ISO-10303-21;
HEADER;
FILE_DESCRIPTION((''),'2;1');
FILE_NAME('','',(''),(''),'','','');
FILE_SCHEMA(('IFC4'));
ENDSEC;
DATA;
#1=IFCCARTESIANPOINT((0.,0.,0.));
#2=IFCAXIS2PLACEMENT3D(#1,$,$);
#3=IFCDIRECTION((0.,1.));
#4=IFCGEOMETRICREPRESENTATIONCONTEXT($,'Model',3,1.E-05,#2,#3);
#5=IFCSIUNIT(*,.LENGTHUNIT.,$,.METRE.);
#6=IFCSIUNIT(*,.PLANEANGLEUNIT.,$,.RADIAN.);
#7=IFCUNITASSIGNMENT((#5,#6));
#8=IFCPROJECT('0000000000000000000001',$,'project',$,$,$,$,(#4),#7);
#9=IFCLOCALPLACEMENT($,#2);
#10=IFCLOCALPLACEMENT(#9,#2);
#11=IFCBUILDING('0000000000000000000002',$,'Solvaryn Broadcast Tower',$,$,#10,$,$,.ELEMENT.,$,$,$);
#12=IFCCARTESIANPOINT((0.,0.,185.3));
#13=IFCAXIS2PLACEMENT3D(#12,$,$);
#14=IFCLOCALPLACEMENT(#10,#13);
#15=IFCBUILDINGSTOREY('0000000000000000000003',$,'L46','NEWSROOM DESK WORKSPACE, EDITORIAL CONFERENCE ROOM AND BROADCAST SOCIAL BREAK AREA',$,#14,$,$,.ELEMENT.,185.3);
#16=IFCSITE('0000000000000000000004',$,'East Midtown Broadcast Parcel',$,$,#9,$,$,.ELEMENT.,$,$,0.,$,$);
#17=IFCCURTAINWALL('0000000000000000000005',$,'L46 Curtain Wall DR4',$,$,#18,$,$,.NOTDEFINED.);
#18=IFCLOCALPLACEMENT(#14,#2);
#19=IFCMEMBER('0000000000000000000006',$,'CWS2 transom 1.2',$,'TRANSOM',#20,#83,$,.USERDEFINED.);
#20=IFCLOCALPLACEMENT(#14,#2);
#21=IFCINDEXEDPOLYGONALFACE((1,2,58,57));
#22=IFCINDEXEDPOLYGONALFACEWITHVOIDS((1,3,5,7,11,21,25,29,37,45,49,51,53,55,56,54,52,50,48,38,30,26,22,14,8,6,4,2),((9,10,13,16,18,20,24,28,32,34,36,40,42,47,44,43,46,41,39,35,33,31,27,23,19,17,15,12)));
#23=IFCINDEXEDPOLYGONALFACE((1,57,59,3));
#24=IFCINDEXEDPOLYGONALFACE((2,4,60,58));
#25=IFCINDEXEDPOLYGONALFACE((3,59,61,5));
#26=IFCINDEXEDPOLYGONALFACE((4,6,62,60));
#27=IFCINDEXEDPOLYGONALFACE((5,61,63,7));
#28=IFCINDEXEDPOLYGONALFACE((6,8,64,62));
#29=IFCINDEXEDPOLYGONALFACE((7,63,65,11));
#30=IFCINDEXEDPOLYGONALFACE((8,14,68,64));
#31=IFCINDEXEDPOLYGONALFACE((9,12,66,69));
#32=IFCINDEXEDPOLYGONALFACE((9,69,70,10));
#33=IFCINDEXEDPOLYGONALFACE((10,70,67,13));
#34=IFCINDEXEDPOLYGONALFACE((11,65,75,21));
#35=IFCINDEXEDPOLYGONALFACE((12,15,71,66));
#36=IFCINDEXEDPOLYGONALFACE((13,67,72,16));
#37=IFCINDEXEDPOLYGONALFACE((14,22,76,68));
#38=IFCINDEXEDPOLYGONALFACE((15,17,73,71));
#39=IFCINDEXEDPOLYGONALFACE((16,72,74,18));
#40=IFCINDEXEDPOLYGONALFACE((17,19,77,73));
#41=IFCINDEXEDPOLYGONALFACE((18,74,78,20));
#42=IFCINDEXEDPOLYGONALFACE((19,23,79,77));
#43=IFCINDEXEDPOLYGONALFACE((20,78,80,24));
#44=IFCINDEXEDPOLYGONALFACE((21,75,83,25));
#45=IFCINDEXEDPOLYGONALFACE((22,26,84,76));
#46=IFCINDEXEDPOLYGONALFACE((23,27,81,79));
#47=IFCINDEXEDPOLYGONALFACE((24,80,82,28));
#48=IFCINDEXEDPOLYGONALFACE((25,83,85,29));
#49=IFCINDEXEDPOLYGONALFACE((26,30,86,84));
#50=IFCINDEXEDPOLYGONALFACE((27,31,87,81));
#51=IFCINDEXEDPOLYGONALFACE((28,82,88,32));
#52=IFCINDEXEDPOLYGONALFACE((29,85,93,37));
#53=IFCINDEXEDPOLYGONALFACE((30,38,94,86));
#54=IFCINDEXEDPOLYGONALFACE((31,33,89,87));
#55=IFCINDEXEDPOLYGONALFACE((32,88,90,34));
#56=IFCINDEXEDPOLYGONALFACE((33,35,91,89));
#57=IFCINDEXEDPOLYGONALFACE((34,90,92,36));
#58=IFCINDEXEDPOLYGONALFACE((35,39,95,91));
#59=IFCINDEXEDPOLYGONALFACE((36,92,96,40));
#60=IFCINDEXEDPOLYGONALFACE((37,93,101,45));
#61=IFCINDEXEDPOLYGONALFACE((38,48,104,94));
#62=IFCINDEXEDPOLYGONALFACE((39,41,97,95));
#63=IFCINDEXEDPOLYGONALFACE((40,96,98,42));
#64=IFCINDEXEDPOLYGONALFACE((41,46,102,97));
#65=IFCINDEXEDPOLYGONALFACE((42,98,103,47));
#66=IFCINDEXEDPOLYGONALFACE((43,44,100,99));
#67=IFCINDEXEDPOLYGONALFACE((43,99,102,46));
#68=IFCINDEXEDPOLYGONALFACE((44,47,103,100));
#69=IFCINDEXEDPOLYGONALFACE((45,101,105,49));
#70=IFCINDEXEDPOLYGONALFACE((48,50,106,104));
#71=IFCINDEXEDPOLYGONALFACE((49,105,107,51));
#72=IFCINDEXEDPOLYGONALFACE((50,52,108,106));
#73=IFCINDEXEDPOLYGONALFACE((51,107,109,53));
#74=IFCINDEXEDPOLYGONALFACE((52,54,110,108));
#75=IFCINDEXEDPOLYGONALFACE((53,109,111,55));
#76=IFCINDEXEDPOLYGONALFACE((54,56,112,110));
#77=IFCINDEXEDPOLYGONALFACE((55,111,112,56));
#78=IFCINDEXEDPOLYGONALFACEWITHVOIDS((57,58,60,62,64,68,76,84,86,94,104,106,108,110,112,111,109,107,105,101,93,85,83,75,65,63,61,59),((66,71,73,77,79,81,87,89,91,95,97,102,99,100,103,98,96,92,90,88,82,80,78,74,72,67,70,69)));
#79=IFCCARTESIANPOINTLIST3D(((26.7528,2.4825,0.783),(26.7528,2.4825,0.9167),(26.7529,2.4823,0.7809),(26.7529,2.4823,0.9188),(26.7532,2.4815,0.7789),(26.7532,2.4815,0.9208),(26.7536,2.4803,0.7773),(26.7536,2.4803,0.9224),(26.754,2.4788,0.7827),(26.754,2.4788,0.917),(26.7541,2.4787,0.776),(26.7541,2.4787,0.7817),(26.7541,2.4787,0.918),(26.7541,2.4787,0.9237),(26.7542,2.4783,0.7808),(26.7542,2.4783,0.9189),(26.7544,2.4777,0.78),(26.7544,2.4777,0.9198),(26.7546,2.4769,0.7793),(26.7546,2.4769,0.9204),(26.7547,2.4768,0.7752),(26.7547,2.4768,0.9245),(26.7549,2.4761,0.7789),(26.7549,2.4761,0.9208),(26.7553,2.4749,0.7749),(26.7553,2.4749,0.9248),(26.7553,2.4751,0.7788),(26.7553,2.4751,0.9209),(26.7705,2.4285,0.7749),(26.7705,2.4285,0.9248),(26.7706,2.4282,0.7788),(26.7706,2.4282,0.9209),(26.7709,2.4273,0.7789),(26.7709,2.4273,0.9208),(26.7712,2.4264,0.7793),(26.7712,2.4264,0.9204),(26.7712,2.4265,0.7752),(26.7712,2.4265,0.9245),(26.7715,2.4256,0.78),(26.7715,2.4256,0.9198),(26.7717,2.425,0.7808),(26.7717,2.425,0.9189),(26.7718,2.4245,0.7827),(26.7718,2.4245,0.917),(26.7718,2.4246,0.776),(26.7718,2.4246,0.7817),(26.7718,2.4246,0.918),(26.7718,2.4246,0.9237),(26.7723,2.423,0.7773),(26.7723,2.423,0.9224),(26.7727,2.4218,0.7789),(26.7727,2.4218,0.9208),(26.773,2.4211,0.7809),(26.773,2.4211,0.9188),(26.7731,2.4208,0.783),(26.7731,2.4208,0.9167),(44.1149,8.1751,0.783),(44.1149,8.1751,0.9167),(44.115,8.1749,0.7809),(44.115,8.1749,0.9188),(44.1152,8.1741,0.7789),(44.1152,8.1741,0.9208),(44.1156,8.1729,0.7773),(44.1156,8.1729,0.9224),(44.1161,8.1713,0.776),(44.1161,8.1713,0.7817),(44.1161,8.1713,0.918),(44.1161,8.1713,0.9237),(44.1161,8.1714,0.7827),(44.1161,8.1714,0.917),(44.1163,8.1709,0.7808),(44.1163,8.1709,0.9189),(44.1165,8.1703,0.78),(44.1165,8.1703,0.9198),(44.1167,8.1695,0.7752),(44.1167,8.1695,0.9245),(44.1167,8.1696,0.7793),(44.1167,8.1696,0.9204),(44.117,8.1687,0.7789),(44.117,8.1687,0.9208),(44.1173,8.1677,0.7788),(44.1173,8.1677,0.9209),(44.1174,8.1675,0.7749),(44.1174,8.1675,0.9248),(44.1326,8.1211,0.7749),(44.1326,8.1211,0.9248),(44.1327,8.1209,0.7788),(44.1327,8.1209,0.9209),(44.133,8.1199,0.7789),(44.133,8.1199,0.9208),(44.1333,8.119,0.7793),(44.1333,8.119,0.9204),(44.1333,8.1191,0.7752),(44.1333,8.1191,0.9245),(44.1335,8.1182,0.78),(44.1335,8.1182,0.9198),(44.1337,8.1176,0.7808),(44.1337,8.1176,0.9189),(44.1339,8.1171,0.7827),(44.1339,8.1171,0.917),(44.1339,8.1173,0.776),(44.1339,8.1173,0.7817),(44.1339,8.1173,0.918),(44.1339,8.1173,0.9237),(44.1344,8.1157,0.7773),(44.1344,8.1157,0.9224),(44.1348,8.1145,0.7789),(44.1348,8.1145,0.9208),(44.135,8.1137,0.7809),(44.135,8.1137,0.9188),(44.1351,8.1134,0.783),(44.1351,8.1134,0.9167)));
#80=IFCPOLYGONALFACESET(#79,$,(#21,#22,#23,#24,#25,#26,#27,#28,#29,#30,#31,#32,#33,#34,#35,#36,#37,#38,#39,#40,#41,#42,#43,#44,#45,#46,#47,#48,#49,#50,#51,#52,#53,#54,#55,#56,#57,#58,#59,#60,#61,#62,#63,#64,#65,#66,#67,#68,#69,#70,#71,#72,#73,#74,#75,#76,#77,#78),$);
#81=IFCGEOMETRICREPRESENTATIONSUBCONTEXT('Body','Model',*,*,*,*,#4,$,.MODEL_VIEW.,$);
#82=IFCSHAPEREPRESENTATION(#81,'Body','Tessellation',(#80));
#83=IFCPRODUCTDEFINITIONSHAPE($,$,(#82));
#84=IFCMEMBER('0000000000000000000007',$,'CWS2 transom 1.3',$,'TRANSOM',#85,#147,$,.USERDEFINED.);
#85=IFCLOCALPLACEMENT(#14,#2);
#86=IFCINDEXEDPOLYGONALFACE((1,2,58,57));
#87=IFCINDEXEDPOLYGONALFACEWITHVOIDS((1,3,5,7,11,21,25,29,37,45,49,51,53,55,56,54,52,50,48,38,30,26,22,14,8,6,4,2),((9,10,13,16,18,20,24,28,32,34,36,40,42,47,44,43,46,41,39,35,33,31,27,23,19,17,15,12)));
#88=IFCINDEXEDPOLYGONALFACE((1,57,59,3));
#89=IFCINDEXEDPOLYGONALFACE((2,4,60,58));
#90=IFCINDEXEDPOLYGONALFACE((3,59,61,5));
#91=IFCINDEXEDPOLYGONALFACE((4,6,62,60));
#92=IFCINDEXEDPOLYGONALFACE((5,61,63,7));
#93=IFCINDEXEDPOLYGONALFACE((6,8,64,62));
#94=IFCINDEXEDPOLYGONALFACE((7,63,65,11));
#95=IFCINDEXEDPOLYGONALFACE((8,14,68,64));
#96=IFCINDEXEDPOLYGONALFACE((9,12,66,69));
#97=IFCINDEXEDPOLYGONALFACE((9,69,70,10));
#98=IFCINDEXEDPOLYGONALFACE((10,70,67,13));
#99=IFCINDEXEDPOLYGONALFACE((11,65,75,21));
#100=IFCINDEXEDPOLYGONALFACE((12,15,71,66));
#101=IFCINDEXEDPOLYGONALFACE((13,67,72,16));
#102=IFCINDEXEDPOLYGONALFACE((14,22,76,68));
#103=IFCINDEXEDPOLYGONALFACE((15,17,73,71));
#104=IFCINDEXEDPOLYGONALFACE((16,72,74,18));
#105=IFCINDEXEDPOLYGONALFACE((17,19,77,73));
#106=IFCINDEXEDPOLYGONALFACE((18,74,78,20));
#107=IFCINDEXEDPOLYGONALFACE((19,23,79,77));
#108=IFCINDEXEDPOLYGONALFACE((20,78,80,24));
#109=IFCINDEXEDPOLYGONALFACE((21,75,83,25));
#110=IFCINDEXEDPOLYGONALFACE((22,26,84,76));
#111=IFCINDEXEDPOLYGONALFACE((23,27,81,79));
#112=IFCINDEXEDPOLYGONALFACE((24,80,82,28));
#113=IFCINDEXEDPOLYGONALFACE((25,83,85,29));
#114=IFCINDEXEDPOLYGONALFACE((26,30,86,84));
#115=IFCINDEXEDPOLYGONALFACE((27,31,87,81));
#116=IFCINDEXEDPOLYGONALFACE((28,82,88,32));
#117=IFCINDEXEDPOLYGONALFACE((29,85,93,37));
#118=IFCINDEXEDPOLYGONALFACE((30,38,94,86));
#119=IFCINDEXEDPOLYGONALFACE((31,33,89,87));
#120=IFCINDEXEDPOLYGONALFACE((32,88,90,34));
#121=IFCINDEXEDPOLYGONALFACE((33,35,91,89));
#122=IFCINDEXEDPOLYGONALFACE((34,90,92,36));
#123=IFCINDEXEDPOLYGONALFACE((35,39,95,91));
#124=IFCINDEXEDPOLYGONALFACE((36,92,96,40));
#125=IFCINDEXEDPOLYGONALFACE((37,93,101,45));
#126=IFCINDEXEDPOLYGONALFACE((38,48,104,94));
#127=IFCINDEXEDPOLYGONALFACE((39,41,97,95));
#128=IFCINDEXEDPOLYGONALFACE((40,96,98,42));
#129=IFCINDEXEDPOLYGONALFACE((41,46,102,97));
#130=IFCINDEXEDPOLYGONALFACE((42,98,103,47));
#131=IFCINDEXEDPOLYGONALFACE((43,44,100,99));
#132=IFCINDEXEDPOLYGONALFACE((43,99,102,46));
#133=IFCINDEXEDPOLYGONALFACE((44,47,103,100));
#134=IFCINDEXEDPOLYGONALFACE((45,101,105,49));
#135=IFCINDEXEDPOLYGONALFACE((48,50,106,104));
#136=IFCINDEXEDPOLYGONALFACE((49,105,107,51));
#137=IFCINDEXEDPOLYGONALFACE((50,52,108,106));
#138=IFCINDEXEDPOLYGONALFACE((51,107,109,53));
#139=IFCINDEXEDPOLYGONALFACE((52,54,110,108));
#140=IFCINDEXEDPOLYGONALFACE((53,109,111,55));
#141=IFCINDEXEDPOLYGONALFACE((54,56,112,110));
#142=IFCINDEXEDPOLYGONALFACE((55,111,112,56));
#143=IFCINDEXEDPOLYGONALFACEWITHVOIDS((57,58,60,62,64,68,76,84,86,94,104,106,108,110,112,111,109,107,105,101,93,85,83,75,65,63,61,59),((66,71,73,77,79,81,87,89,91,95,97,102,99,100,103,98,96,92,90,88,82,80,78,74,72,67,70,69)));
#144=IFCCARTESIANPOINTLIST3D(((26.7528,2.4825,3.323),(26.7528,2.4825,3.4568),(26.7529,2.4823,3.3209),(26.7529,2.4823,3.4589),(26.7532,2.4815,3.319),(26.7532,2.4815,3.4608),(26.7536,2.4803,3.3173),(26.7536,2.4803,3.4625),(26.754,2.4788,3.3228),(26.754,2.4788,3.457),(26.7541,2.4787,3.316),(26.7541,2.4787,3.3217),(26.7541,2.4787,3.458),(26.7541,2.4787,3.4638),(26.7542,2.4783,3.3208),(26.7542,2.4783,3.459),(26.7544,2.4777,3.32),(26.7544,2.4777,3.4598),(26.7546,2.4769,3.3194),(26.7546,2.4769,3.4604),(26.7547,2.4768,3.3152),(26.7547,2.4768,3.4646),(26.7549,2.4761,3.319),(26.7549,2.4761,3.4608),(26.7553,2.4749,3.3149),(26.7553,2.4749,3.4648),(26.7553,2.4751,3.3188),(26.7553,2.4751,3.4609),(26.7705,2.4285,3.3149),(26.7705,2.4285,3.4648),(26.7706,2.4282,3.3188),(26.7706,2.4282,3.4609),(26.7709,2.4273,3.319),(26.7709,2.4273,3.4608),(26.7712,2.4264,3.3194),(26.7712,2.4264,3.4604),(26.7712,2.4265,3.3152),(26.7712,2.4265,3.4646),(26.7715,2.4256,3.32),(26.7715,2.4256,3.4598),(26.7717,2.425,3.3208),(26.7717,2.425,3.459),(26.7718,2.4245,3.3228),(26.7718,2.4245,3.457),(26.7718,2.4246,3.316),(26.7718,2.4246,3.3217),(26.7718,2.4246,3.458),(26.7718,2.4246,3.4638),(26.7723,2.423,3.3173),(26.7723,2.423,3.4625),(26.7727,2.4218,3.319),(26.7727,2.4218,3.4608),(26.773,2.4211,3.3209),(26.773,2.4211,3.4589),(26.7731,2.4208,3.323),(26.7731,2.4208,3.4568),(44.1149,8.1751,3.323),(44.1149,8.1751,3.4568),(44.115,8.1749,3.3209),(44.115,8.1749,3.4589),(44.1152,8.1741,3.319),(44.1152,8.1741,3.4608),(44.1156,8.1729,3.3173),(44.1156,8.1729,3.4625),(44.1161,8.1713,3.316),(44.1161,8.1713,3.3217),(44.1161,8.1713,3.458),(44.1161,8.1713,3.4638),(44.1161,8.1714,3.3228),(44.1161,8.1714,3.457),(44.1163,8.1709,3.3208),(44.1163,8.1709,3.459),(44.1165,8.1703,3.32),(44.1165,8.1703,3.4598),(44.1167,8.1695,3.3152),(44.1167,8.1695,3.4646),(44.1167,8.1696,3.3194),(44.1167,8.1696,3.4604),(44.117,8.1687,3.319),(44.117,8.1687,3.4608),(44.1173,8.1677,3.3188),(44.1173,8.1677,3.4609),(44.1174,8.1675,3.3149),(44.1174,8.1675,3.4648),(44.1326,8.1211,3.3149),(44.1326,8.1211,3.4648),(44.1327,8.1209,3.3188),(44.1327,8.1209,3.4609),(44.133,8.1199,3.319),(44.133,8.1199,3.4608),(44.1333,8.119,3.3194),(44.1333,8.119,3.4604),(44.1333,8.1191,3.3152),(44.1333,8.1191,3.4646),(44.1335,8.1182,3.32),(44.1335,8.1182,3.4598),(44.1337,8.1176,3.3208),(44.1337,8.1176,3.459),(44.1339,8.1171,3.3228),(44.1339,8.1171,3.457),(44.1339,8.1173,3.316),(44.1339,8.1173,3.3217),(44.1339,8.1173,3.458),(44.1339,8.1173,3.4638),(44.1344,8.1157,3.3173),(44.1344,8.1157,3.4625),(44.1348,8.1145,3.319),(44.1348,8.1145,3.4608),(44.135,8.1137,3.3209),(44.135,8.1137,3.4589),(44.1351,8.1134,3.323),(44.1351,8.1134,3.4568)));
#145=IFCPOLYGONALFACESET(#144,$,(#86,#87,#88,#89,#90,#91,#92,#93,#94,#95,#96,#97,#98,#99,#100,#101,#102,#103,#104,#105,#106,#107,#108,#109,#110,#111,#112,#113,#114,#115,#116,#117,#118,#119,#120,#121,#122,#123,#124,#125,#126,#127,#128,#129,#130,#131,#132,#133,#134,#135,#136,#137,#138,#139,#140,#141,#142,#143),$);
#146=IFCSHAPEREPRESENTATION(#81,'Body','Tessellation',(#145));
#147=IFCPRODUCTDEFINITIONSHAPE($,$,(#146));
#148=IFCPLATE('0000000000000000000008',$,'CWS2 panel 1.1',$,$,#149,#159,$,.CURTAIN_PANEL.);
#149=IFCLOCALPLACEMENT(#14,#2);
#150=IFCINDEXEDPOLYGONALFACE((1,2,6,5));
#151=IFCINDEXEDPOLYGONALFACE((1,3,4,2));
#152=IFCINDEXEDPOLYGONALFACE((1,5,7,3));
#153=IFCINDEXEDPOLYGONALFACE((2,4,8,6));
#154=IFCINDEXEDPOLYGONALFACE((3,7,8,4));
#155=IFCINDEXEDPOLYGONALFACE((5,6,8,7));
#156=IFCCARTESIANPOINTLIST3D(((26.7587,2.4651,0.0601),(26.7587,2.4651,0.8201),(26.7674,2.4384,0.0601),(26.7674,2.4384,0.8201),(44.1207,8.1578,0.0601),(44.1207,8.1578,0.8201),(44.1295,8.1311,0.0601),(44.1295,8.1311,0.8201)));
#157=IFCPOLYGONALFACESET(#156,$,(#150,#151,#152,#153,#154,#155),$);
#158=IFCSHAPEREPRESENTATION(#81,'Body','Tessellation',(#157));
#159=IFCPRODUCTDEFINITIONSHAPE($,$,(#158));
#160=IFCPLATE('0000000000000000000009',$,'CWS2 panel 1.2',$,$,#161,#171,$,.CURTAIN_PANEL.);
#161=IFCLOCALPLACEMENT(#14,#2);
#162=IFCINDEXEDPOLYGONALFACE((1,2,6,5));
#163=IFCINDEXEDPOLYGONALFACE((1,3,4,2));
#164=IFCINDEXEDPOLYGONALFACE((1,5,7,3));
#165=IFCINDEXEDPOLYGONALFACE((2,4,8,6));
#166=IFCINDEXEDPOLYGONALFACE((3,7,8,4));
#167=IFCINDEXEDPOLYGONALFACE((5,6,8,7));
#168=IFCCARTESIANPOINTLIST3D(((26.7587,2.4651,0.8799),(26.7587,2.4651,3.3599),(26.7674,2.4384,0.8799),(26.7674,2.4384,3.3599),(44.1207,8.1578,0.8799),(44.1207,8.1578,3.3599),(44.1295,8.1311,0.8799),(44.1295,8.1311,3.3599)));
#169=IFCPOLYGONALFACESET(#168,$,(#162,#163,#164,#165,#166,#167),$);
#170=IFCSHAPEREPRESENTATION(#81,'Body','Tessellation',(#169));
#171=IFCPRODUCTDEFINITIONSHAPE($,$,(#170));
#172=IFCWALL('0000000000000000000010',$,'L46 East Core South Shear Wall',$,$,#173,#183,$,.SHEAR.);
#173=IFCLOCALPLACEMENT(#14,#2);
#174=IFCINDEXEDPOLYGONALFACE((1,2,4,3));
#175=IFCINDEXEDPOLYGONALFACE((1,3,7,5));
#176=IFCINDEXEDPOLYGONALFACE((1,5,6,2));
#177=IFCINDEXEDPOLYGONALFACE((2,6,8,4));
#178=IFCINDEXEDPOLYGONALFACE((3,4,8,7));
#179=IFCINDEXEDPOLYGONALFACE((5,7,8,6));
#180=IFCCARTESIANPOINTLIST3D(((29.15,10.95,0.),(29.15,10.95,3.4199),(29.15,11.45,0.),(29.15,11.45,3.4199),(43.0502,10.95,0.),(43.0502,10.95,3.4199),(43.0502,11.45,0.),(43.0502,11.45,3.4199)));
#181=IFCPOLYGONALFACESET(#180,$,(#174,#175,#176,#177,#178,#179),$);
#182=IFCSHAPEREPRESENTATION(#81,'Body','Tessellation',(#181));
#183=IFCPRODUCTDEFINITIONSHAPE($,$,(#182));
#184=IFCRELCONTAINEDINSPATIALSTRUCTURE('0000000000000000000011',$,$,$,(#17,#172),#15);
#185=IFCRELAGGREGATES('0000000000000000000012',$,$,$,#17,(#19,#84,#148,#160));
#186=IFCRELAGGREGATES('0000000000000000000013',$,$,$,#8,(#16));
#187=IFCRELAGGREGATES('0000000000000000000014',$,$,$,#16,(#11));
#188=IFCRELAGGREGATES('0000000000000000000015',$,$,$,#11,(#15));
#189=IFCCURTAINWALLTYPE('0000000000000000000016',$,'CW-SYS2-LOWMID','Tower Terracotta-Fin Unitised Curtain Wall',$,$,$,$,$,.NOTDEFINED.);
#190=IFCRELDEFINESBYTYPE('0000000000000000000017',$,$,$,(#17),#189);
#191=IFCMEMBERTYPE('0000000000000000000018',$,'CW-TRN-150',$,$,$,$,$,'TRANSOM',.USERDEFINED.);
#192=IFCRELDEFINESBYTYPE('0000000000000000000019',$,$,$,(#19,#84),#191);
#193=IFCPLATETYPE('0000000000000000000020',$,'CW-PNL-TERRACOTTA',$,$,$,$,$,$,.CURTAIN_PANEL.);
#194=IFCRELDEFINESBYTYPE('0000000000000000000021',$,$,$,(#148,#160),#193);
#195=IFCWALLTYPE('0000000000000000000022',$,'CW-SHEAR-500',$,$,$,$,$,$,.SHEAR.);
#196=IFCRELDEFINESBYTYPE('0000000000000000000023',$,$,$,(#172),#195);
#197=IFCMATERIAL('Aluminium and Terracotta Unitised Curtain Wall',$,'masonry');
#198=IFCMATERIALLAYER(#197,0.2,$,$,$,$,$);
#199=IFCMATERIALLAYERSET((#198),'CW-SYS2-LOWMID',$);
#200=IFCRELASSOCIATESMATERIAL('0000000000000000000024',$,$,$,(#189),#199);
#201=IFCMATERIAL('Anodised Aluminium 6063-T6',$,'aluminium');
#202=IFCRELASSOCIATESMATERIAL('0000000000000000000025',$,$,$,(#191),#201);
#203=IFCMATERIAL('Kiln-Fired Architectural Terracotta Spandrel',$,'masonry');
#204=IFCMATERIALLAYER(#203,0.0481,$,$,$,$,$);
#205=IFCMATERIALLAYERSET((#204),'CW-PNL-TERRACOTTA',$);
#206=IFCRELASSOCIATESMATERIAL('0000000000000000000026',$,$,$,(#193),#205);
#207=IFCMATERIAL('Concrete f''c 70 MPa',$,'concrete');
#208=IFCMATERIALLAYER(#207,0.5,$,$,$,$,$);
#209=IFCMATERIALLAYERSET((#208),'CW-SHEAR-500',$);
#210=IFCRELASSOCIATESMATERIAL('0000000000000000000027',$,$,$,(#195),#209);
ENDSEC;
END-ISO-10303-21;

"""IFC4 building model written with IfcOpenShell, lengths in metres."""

from ifc_helpers import new_model, si_unit, direction, frame, frame_2d, origin, origin_2d, place, context, subcontext, project, spatial, rectangle, hollow_rectangle, extrude, material, layer, layer_set, material_profile, profile_set, type_object, element, aggregate, save


model = new_model("IFC4")

# Units and contexts
model_context = context("Model", 3, precision=1e-05, world=origin(), true_north=direction((0.0, 1.0)))
body_context = subcontext(model_context, "Body", "Model", "MODEL_VIEW")
ifc_project = project(units=[si_unit("LENGTHUNIT", "METRE"), si_unit("PLANEANGLEUNIT", "RADIAN")], contexts=[model_context])

# Site, building, storey
site_placement = place(None, origin())
site = spatial("IfcSite", under=ifc_project, at=site_placement, Name="East Midtown Broadcast Parcel", CompositionType="ELEMENT", RefElevation=0.0)
building_placement = place(site_placement, origin())
building = spatial("IfcBuilding", under=site, at=building_placement, Name="Solvaryn Broadcast Tower", CompositionType="ELEMENT")
storey_placement = place(building_placement, frame((0.0, 0.0, 185.3)))
storey = spatial("IfcBuildingStorey", under=building, at=storey_placement, Name="L46", Description="NEWSROOM DESK WORKSPACE, EDITORIAL CONFERENCE ROOM AND BROADCAST SOCIAL BREAK AREA", CompositionType="ELEMENT", Elevation=185.3)

# Shared definitions
ifc_material_1 = material(Name="Aluminium and Terracotta Unitised Curtain Wall", Category="masonry")
ifc_layer_1 = layer(ifc_material_1, 0.2)
ifc_layer_set_1 = layer_set([ifc_layer_1], Name="CW-SYS2-LOWMID")
curtain_wall_type = type_object("IfcCurtainWallType", Name="CW-SYS2-LOWMID", Description="Tower Terracotta-Fin Unitised Curtain Wall", PredefinedType="NOTDEFINED", material=ifc_layer_set_1)

# Curtain wall, members, plates
curtain_wall_1_placement = place(storey_placement, origin())
curtain_wall_1 = element("IfcCurtainWall", 1, at=curtain_wall_1_placement, inside=storey, type_object=curtain_wall_type, Name="L46 Curtain Wall DR4", PredefinedType="NOTDEFINED")
ifc_material_2 = material(Name="Anodised Aluminium 6063-T6", Category="aluminium")
ifc_material_profile_1 = material_profile(ifc_material_2, hollow_rectangle(XDim=0.0649, YDim=0.1499, WallThickness=0.0039, InnerFilletRadius=0.0039, OuterFilletRadius=0.0081, at=origin_2d()))
ifc_profile_set_1 = profile_set([ifc_material_profile_1], Name="Anodised Aluminium 6063-T6")
member_type_1 = type_object("IfcMemberType", Name="CW-TRN-150", ElementType="TRANSOM", PredefinedType="USERDEFINED", material=ifc_profile_set_1)
member_1_placement = place(storey_placement, frame((26.7629, 2.4517, 0.8499), z_axis=(0.950227, 0.311558, 0.0), x_axis=(-0.311558, 0.950227, 0.0)))
member_1 = element("IfcMember", 2, at=member_1_placement, type_object=member_type_1, Name="CWS2 transom 1.2", ObjectType="TRANSOM", PredefinedType="USERDEFINED", context=body_context, shape_type="SweptSolid", body=[
    extrude(hollow_rectangle(XDim=0.0649, YDim=0.1499, WallThickness=0.0039, InnerFilletRadius=0.0039, OuterFilletRadius=0.0081, at=origin_2d()), origin(), (0.0, 0.0, 1.0), 18.2715),
])
member_2_placement = place(storey_placement, frame((26.7629, 2.4517, 3.3899), z_axis=(0.950227, 0.311558, 0.0), x_axis=(-0.311558, 0.950227, 0.0)))
member_2 = element("IfcMember", 3, at=member_2_placement, type_object=member_type_1, Name="CWS2 transom 1.3", ObjectType="TRANSOM", PredefinedType="USERDEFINED", context=body_context, shape_type="SweptSolid", body=[
    extrude(hollow_rectangle(XDim=0.0649, YDim=0.1499, WallThickness=0.0039, InnerFilletRadius=0.0039, OuterFilletRadius=0.0081, at=origin_2d()), origin(), (0.0, 0.0, 1.0), 18.2715),
])
ifc_material_3 = material(Name="Kiln-Fired Architectural Terracotta Spandrel", Category="masonry")
ifc_layer_2 = layer(ifc_material_3, 0.0481)
ifc_layer_set_2 = layer_set([ifc_layer_2], Name="CW-PNL-TERRACOTTA")
plate_type = type_object("IfcPlateType", Name="CW-PNL-TERRACOTTA", PredefinedType="CURTAIN_PANEL", material=ifc_layer_set_2)
plate_1_placement = place(storey_placement, frame((35.4441, 5.2981, 0.0601), z_axis=(0.0, 0.0, 1.0), x_axis=(0.950227, 0.311559, 0.0)))
plate_1 = element("IfcPlate", 4, at=plate_1_placement, type_object=plate_type, Name="CWS2 panel 1.1", PredefinedType="CURTAIN_PANEL", context=body_context, shape_type="SweptSolid", body=[
    extrude(rectangle(XDim=18.2715, YDim=0.0281, at=origin_2d()), origin(), (0.0, 0.0, 1.0), 0.76),
])
plate_2_placement = place(storey_placement, frame((35.4441, 5.2981, 0.8799), z_axis=(0.0, 0.0, 1.0), x_axis=(0.950227, 0.311559, 0.0)))
plate_2 = element("IfcPlate", 5, at=plate_2_placement, type_object=plate_type, Name="CWS2 panel 1.2", PredefinedType="CURTAIN_PANEL", context=body_context, shape_type="SweptSolid", body=[
    extrude(rectangle(XDim=18.2715, YDim=0.0281, at=origin_2d()), origin(), (0.0, 0.0, 1.0), 2.48),
])
aggregate(curtain_wall_1, [member_1, member_2, plate_1, plate_2])

# Wall
ifc_material_4 = material(Name="Concrete f'c 70 MPa", Category="concrete")
ifc_layer_3 = layer(ifc_material_4, 0.5)
ifc_layer_set_3 = layer_set([ifc_layer_3], Name="CW-SHEAR-500")
wall_type_1 = type_object("IfcWallType", Name="CW-SHEAR-500", PredefinedType="SHEAR", material=ifc_layer_set_3)
wall_1_placement = place(storey_placement, frame((29.1499, 11.2, 0.0), z_axis=(0.0, 0.0, 1.0), x_axis=(1.0, 0.0, 0.0)))
element("IfcWall", 6, at=wall_1_placement, inside=storey, type_object=wall_type_1, Name="L46 East Core South Shear Wall", PredefinedType="SHEAR", context=body_context, shape_type="SweptSolid", body=[
    extrude(rectangle(XDim=13.9001, YDim=0.5, at=frame_2d((6.9502, 0.0))), origin(), (0.0, 0.0, 1.0), 3.4199),
])

save(model, "model.ifc")
